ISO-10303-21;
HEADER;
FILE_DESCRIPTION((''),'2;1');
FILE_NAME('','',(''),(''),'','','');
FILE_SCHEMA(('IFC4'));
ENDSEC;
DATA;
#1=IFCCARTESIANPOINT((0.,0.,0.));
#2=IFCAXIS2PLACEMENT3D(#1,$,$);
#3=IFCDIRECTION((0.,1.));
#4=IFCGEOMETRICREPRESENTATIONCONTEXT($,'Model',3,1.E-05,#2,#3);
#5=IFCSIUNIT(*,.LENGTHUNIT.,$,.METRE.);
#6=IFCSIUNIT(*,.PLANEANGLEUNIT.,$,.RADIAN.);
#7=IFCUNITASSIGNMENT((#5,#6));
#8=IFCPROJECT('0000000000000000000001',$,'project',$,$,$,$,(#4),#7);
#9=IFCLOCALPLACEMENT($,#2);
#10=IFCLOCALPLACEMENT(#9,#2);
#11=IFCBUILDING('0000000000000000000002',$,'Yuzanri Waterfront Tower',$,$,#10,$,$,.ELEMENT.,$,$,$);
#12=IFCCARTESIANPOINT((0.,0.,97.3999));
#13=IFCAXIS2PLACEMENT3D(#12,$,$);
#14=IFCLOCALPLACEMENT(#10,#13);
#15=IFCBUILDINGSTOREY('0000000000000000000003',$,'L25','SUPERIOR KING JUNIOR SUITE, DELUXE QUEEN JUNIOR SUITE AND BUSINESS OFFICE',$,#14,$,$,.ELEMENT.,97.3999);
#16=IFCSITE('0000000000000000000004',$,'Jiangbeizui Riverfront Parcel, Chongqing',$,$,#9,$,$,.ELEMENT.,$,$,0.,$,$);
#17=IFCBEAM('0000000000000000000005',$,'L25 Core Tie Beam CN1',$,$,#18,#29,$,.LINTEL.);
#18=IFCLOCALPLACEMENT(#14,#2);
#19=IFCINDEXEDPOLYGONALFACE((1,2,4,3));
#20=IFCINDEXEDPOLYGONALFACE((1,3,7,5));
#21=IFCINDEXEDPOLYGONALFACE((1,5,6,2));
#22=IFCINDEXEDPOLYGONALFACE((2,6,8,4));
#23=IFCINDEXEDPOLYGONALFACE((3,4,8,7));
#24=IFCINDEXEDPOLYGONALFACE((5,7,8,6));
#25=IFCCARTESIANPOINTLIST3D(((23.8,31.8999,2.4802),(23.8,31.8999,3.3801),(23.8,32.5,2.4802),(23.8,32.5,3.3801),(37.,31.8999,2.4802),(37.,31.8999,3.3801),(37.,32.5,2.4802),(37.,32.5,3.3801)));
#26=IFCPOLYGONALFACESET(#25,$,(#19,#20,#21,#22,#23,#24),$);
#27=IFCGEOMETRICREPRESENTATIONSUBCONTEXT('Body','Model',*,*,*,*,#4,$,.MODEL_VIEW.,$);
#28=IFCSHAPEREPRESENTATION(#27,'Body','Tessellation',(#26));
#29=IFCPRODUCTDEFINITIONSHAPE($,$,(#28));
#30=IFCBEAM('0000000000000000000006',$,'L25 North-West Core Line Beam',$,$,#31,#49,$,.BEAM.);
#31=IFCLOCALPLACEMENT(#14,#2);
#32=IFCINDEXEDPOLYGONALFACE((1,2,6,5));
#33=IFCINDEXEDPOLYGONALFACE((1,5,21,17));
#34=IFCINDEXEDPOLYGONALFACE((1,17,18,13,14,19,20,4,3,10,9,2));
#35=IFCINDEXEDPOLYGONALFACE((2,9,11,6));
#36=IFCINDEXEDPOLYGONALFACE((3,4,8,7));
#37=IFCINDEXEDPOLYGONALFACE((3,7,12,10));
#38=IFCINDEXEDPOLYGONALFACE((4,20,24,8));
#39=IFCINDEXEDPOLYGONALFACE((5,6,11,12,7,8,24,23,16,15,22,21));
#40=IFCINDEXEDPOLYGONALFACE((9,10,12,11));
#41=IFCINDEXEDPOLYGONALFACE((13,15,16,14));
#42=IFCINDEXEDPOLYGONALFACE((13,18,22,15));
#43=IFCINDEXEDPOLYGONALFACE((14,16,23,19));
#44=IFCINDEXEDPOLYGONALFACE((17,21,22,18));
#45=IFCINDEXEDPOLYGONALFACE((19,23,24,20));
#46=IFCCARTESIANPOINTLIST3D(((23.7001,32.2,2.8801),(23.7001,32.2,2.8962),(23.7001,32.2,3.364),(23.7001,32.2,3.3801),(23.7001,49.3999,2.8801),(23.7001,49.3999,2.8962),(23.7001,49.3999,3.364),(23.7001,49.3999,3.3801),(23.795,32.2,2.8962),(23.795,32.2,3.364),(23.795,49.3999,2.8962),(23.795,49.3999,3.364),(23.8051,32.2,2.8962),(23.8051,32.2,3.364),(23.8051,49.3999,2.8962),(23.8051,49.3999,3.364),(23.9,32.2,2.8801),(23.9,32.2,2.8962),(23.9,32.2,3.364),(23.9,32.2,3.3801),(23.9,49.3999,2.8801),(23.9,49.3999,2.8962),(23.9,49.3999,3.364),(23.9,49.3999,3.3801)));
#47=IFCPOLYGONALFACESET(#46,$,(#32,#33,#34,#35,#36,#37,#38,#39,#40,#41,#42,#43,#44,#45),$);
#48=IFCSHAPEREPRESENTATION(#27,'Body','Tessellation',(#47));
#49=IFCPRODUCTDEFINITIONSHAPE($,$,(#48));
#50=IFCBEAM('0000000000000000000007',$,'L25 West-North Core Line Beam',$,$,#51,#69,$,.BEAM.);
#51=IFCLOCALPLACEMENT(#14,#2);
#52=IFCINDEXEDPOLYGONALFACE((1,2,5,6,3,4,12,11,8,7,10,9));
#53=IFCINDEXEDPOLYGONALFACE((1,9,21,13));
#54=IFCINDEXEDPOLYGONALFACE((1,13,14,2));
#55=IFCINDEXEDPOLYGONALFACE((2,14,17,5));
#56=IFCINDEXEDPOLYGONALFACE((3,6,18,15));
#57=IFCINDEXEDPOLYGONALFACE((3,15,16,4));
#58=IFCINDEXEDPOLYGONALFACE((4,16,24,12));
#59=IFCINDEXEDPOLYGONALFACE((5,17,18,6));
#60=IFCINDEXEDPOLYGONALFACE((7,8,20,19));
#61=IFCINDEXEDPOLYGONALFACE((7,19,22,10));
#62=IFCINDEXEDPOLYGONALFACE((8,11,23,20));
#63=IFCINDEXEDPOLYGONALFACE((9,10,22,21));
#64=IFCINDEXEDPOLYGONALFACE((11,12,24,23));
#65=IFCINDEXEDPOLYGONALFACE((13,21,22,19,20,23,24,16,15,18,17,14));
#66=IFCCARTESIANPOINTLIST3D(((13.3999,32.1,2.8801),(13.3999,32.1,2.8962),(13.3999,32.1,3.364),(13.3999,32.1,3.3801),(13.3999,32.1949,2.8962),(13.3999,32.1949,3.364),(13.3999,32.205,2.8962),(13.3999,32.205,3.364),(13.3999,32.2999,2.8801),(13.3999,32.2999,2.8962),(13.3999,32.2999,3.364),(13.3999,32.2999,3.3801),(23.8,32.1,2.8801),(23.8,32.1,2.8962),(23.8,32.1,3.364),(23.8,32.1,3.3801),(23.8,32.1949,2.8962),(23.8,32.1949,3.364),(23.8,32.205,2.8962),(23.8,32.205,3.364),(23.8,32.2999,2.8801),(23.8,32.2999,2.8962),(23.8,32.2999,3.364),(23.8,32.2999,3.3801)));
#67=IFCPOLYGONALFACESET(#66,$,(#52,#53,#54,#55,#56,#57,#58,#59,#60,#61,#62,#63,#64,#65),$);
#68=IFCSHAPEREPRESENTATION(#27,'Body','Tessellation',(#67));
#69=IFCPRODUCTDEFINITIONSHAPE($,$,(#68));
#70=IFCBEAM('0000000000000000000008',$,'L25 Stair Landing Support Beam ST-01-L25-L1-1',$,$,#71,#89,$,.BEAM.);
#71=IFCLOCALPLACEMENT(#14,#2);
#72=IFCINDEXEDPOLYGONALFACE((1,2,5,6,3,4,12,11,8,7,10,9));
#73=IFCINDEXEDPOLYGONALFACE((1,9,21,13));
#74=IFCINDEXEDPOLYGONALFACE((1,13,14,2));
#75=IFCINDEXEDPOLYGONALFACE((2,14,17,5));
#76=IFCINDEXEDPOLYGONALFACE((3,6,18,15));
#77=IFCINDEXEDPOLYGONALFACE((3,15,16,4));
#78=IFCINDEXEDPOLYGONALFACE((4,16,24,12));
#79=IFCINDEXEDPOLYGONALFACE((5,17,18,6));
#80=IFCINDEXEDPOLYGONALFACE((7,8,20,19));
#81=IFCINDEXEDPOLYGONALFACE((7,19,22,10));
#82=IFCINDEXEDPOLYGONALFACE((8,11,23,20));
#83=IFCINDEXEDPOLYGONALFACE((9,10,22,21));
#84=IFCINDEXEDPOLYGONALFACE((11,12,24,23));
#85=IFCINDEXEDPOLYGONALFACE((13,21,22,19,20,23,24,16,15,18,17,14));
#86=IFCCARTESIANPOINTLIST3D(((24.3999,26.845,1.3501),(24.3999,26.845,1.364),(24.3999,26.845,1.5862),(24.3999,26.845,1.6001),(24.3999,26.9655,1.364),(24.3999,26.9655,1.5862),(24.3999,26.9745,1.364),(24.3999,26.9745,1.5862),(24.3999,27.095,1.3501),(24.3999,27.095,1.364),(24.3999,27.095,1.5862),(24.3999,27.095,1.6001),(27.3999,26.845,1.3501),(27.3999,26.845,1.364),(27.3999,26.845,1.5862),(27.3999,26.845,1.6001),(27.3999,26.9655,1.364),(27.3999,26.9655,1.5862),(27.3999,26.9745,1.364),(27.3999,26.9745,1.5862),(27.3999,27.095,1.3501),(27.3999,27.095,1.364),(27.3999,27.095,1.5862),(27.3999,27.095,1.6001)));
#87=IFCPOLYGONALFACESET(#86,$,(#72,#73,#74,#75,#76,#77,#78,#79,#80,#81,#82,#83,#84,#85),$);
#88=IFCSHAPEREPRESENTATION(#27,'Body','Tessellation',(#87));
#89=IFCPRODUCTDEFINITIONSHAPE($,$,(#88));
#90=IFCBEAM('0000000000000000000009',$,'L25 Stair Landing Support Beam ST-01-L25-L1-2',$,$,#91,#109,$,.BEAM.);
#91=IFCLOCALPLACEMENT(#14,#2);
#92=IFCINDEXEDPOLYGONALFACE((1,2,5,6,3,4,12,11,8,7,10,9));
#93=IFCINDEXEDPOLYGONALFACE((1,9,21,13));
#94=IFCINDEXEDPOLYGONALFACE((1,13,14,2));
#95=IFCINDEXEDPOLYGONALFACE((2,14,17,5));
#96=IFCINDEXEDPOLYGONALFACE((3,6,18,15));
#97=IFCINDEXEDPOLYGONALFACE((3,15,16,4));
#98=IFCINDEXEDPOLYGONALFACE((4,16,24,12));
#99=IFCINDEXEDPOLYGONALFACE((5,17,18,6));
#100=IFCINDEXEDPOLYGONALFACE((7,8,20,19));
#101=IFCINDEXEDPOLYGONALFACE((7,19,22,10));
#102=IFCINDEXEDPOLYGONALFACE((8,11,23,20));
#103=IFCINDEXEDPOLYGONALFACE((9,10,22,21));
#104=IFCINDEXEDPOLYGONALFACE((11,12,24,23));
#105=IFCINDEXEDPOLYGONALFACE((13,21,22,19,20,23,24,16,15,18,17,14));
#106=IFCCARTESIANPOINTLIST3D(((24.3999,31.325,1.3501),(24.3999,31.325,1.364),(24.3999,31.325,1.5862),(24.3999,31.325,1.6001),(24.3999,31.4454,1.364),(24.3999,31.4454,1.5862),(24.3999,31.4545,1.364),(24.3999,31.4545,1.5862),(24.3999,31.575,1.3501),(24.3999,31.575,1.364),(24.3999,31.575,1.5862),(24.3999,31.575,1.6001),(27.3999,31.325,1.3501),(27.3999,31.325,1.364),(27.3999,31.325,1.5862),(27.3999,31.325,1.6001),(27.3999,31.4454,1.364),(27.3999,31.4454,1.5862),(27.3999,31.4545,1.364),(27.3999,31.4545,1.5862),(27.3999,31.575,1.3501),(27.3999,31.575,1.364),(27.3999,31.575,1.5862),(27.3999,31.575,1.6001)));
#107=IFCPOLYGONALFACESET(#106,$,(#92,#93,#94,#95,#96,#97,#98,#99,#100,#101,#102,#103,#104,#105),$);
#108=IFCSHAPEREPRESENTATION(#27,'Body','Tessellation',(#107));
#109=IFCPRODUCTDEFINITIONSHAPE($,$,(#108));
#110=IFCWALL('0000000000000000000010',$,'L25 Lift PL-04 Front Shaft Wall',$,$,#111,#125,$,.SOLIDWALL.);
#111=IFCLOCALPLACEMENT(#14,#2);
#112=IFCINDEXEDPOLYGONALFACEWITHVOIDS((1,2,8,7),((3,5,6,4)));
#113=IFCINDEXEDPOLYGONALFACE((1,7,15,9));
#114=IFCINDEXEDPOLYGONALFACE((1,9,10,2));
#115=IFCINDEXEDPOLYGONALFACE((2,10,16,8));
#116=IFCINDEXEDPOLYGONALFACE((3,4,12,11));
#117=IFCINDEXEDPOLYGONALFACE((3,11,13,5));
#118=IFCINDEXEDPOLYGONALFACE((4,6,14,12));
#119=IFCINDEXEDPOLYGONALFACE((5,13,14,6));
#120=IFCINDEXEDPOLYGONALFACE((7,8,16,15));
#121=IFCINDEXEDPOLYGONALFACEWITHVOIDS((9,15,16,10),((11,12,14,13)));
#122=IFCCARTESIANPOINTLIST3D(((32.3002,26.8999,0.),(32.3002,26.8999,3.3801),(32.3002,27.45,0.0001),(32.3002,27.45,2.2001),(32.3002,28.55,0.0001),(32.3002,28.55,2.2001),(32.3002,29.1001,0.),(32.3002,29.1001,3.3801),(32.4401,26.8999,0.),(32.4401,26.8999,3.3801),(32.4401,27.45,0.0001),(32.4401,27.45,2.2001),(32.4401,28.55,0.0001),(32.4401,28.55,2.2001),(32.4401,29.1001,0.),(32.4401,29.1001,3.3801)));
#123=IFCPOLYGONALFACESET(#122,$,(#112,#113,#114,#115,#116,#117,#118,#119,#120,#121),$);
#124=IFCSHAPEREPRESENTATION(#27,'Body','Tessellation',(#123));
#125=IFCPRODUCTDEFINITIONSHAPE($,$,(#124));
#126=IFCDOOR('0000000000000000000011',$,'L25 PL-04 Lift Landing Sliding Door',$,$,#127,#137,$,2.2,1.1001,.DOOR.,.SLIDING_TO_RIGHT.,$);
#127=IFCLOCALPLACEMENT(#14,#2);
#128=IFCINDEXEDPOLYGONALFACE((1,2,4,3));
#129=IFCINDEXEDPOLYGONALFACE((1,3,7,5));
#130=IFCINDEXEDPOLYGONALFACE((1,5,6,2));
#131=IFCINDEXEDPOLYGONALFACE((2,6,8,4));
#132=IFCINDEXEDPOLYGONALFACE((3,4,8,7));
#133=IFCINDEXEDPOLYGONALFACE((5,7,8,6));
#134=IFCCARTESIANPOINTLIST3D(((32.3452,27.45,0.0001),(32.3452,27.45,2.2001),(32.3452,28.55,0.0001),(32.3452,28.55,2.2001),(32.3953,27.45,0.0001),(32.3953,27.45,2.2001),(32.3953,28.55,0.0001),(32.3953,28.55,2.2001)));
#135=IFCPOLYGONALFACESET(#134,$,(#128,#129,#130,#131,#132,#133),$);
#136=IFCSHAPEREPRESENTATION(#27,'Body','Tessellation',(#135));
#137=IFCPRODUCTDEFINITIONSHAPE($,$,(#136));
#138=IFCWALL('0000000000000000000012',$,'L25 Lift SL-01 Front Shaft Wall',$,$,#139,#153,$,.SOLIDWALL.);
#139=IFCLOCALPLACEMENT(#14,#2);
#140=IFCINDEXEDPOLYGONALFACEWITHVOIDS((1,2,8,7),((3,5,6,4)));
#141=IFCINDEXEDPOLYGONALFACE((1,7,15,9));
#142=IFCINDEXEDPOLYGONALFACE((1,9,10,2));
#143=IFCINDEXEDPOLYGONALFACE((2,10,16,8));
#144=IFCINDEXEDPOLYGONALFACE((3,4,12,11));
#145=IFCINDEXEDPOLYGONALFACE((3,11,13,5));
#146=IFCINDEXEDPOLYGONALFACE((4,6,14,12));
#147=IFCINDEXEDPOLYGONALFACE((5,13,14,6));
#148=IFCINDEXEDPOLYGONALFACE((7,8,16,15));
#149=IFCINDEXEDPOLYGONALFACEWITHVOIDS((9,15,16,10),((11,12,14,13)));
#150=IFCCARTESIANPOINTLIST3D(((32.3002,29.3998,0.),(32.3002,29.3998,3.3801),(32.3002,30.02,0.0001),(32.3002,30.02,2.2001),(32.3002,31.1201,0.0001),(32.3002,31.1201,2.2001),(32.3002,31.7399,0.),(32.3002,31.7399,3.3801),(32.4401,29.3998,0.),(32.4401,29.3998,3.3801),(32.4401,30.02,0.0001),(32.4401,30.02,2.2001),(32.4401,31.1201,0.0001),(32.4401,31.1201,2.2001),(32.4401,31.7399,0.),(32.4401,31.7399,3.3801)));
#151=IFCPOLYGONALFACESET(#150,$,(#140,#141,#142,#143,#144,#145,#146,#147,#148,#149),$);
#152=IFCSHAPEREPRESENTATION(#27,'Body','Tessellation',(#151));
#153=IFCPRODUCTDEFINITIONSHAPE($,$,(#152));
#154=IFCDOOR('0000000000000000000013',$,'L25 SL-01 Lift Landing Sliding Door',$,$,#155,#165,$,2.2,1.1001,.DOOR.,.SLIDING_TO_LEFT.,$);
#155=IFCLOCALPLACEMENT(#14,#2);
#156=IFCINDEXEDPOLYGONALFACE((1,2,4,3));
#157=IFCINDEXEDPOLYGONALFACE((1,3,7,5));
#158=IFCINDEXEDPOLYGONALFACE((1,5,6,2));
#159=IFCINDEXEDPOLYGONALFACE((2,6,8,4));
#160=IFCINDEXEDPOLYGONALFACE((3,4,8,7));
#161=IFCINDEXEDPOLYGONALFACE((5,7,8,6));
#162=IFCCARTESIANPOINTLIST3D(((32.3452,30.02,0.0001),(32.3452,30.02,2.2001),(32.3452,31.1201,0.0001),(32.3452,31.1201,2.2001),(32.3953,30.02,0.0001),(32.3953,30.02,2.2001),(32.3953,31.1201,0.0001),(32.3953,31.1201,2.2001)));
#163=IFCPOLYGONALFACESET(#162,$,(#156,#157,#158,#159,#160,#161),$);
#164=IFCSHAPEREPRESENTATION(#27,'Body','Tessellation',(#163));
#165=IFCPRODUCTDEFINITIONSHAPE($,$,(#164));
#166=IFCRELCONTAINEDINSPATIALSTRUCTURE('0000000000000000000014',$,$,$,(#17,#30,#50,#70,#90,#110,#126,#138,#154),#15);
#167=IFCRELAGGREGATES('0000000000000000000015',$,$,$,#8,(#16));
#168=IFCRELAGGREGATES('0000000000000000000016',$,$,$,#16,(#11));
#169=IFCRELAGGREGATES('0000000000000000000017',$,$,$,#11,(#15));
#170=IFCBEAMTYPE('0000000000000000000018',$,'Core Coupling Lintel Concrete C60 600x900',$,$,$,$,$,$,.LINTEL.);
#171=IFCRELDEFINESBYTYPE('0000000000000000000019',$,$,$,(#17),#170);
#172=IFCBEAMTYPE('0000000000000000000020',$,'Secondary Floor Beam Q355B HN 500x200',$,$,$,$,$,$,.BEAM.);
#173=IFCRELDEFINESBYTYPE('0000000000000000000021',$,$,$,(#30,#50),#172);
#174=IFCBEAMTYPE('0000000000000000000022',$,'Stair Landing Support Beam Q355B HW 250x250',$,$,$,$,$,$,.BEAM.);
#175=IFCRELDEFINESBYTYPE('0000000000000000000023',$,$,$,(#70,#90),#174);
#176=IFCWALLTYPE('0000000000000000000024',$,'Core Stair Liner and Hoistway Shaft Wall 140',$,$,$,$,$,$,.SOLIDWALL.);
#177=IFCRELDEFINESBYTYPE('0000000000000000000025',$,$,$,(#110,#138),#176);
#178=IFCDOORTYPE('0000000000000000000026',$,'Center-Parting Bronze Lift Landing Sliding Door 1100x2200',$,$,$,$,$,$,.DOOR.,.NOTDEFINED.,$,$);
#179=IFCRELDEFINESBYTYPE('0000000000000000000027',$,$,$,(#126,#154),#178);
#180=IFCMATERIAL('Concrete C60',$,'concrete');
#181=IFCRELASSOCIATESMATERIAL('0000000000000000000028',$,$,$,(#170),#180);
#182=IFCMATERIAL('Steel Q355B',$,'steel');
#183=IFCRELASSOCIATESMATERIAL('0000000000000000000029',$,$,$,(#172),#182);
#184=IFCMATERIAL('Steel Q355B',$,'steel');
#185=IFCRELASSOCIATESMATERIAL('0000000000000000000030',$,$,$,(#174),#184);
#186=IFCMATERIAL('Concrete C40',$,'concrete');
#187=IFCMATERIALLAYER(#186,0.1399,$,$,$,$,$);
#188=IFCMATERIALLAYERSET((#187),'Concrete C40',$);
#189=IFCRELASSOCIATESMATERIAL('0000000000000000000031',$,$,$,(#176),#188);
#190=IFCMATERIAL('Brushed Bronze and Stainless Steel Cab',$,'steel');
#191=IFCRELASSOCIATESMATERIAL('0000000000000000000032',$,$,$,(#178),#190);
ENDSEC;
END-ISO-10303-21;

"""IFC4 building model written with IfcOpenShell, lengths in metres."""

from ifc_helpers import new_model, si_unit, direction, frame, frame_2d, origin, origin_2d, place, context, subcontext, project, spatial, rectangle, i_section, extrude, source, transform, mapped, material, layer, layer_set, material_profile, profile_set, type_object, element, fill, save


model = new_model("IFC4")

# Units and contexts
model_context = context("Model", 3, precision=1e-05, world=origin(), true_north=direction((0.0, 1.0)))
body_context = subcontext(model_context, "Body", "Model", "MODEL_VIEW")
ifc_project = project(units=[si_unit("LENGTHUNIT", "METRE"), si_unit("PLANEANGLEUNIT", "RADIAN")], contexts=[model_context])

# Site, building, storey
site_placement = place(None, origin())
site = spatial("IfcSite", under=ifc_project, at=site_placement, Name="Jiangbeizui Riverfront Parcel, Chongqing", CompositionType="ELEMENT", RefElevation=0.0)
building_placement = place(site_placement, origin())
building = spatial("IfcBuilding", under=site, at=building_placement, Name="Yuzanri Waterfront Tower", CompositionType="ELEMENT")
storey_placement = place(building_placement, frame((0.0, 0.0, 97.3999)))
storey = spatial("IfcBuildingStorey", under=building, at=storey_placement, Name="L25", Description="SUPERIOR KING JUNIOR SUITE, DELUXE QUEEN JUNIOR SUITE AND BUSINESS OFFICE", CompositionType="ELEMENT", Elevation=97.3999)

# Beams
ifc_material_1 = material(Name="Concrete C60", Category="concrete")
ifc_material_profile_1 = material_profile(ifc_material_1, rectangle(XDim=0.6001, YDim=0.8999, at=origin_2d()), Name="RC 600x900")
ifc_profile_set_1 = profile_set([ifc_material_profile_1], Name="Concrete C60")
beam_type_1 = type_object("IfcBeamType", Name="Core Coupling Lintel Concrete C60 600x900", PredefinedType="LINTEL", material=ifc_profile_set_1)
shared_shape_1 = source(origin(), body_context, "Body", "SweptSolid", [
    extrude(rectangle(XDim=0.6001, YDim=0.8999, at=origin_2d()), origin(), (0.0, 0.0, 1.0), 13.2),
])
beam_1_placement = place(storey_placement, frame((23.8, 32.2, 2.9302), z_axis=(1.0, 0.0, 0.0), x_axis=(0.0, 1.0, 0.0)))
element("IfcBeam", 1, at=beam_1_placement, inside=storey, type_object=beam_type_1, Name="L25 Core Tie Beam CN1", PredefinedType="LINTEL", context=body_context, shape_type="MappedRepresentation", body=[
    mapped(shared_shape_1, transform((0.0, 0.0, 0.0), scale=1.0)),
])
ifc_material_2 = material(Name="Steel Q355B", Category="steel")
ifc_material_profile_2 = material_profile(ifc_material_2, i_section(OverallWidth=0.2, OverallDepth=0.5, WebThickness=0.01, FlangeThickness=0.0161, at=origin_2d()), Name="HN 500x200x10x16")
ifc_profile_set_2 = profile_set([ifc_material_profile_2], Name="Steel Q355B")
beam_type_2 = type_object("IfcBeamType", Name="Secondary Floor Beam Q355B HN 500x200", PredefinedType="BEAM", material=ifc_profile_set_2)
shared_shape_2 = source(origin(), body_context, "Body", "SweptSolid", [
    extrude(i_section(OverallWidth=0.2, OverallDepth=0.5, WebThickness=0.01, FlangeThickness=0.0161, at=origin_2d()), origin(), (0.0, 0.0, 1.0), 17.2),
])
beam_2_placement = place(storey_placement, frame((23.8, 32.2, 3.1301), z_axis=(0.0, 1.0, 0.0), x_axis=(-1.0, 0.0, 0.0)))
element("IfcBeam", 2, at=beam_2_placement, inside=storey, type_object=beam_type_2, Name="L25 North-West Core Line Beam", PredefinedType="BEAM", context=body_context, shape_type="MappedRepresentation", body=[
    mapped(shared_shape_2, transform((0.0, 0.0, 0.0), scale=1.0)),
])
shared_shape_3 = source(origin(), body_context, "Body", "SweptSolid", [
    extrude(i_section(OverallWidth=0.2, OverallDepth=0.5, WebThickness=0.01, FlangeThickness=0.0161, at=origin_2d()), origin(), (0.0, 0.0, 1.0), 10.4001),
])
beam_3_placement = place(storey_placement, frame((23.8, 32.2, 3.1301), z_axis=(-1.0, 0.0, 0.0), x_axis=(0.0, -1.0, 0.0)))
element("IfcBeam", 3, at=beam_3_placement, inside=storey, type_object=beam_type_2, Name="L25 West-North Core Line Beam", PredefinedType="BEAM", context=body_context, shape_type="MappedRepresentation", body=[
    mapped(shared_shape_3, transform((0.0, 0.0, 0.0), scale=1.0)),
])
ifc_material_3 = material(Name="Steel Q355B", Category="steel")
ifc_material_profile_3 = material_profile(ifc_material_3, i_section(OverallWidth=0.25, OverallDepth=0.25, WebThickness=0.009, FlangeThickness=0.0139, at=origin_2d()), Name="HW 250x250x9x14")
ifc_profile_set_3 = profile_set([ifc_material_profile_3], Name="Steel Q355B")
beam_type_3 = type_object("IfcBeamType", Name="Stair Landing Support Beam Q355B HW 250x250", PredefinedType="BEAM", material=ifc_profile_set_3)
shared_shape_4 = source(origin(), body_context, "Body", "SweptSolid", [
    extrude(i_section(OverallWidth=0.25, OverallDepth=0.25, WebThickness=0.009, FlangeThickness=0.0139, at=origin_2d()), origin(), (0.0, 0.0, 1.0), 3.0),
])
for number, where, z_axis, x_axis, name in (
    (4, (24.3999, 26.97, 1.4751), (1.0, 0.0, 0.0), (0.0, 1.0, 0.0), "L25 Stair Landing Support Beam ST-01-L25-L1-1"),
    (5, (24.3999, 31.45, 1.4751), (1.0, 0.0, 0.0), (0.0, 1.0, 0.0), "L25 Stair Landing Support Beam ST-01-L25-L1-2"),
):
    element("IfcBeam", number, at=place(storey_placement, frame(where, z_axis=z_axis, x_axis=x_axis)), inside=storey, type_object=beam_type_3, Name=name, PredefinedType="BEAM", context=body_context, shape_type="MappedRepresentation", body=[
        mapped(shared_shape_4, transform((0.0, 0.0, 0.0), scale=1.0)),
    ])

# Walls, openings, doors
ifc_material_4 = material(Name="Concrete C40", Category="concrete")
ifc_layer_1 = layer(ifc_material_4, 0.1399)
ifc_layer_set_1 = layer_set([ifc_layer_1], Name="Concrete C40")
wall_type_1 = type_object("IfcWallType", Name="Core Stair Liner and Hoistway Shaft Wall 140", PredefinedType="SOLIDWALL", material=ifc_layer_set_1)
wall_1_placement = place(storey_placement, frame((32.3701, 26.8999, 0.0), z_axis=(0.0, 0.0, 1.0), x_axis=(0.0, 1.0, 0.0)))
wall_1 = element("IfcWall", 6, at=wall_1_placement, inside=storey, type_object=wall_type_1, Name="L25 Lift PL-04 Front Shaft Wall", PredefinedType="SOLIDWALL", context=body_context, shape_type="SweptSolid", body=[
    extrude(rectangle(XDim=2.2002, YDim=0.1399, at=frame_2d((1.1001, 0.0))), origin(), (0.0, 0.0, 1.0), 3.3801),
])
opening_1_placement = place(wall_1_placement, frame((0.55, 0.0, 0.0)))
opening_1 = element("IfcOpeningElement", 7, at=opening_1_placement, cuts=wall_1, PredefinedType="OPENING", context=body_context, shape_type="SweptSolid", body=[
    extrude(rectangle(XDim=1.1001, YDim=2.2, at=frame_2d((0.55, 1.1001))), frame((0.0, 0.085, 0.0), z_axis=(0.0, -1.0, 0.0), x_axis=(1.0, 0.0, 0.0)), (0.0, 0.0, 1.0), 0.1697),
])
ifc_material_5 = material(Name="Brushed Bronze and Stainless Steel Cab", Category="steel")
door_type_1 = type_object("IfcDoorType", Name="Center-Parting Bronze Lift Landing Sliding Door 1100x2200", OperationType="NOTDEFINED", PredefinedType="DOOR", material=ifc_material_5)
shared_shape_5 = source(origin(), body_context, "Body", "SweptSolid", [
    extrude(rectangle(XDim=1.1001, YDim=2.2, at=frame_2d((0.55, 1.1001))), frame((0.0, 0.0249, 0.0), z_axis=(0.0, -1.0, 0.0), x_axis=(1.0, 0.0, 0.0)), (0.0, 0.0, 1.0), 0.05),
])
door_1_placement = place(opening_1_placement, origin())
door_1 = element("IfcDoor", 8, at=door_1_placement, inside=storey, type_object=door_type_1, Name="L25 PL-04 Lift Landing Sliding Door", OperationType="SLIDING_TO_RIGHT", OverallHeight=2.2, OverallWidth=1.1001, PredefinedType="DOOR", context=body_context, shape_type="MappedRepresentation", body=[
    mapped(shared_shape_5, transform((0.0, 0.0, 0.0), scale=1.0)),
])
fill(opening_1, door_1)
wall_2_placement = place(storey_placement, frame((32.3701, 29.3999, 0.0), z_axis=(0.0, 0.0, 1.0), x_axis=(0.0, 1.0, 0.0)))
wall_2 = element("IfcWall", 9, at=wall_2_placement, inside=storey, type_object=wall_type_1, Name="L25 Lift SL-01 Front Shaft Wall", PredefinedType="SOLIDWALL", context=body_context, shape_type="SweptSolid", body=[
    extrude(rectangle(XDim=2.3401, YDim=0.1399, at=frame_2d((1.1699, 0.0))), origin(), (0.0, 0.0, 1.0), 3.3801),
])
opening_2_placement = place(wall_2_placement, frame((0.6201, 0.0, 0.0)))
opening_2 = element("IfcOpeningElement", 10, at=opening_2_placement, cuts=wall_2, PredefinedType="OPENING", context=body_context, shape_type="SweptSolid", body=[
    extrude(rectangle(XDim=1.1001, YDim=2.2, at=frame_2d((0.55, 1.1001))), frame((0.0, 0.085, 0.0), z_axis=(0.0, -1.0, 0.0), x_axis=(1.0, 0.0, 0.0)), (0.0, 0.0, 1.0), 0.1697),
])
door_2_placement = place(opening_2_placement, origin())
door_2 = element("IfcDoor", 11, at=door_2_placement, inside=storey, type_object=door_type_1, Name="L25 SL-01 Lift Landing Sliding Door", OperationType="SLIDING_TO_LEFT", OverallHeight=2.2, OverallWidth=1.1001, PredefinedType="DOOR", context=body_context, shape_type="MappedRepresentation", body=[
    mapped(shared_shape_5, transform((0.0, 0.0, 0.0), scale=1.0)),
])
fill(opening_2, door_2)

save(model, "model.ifc")
